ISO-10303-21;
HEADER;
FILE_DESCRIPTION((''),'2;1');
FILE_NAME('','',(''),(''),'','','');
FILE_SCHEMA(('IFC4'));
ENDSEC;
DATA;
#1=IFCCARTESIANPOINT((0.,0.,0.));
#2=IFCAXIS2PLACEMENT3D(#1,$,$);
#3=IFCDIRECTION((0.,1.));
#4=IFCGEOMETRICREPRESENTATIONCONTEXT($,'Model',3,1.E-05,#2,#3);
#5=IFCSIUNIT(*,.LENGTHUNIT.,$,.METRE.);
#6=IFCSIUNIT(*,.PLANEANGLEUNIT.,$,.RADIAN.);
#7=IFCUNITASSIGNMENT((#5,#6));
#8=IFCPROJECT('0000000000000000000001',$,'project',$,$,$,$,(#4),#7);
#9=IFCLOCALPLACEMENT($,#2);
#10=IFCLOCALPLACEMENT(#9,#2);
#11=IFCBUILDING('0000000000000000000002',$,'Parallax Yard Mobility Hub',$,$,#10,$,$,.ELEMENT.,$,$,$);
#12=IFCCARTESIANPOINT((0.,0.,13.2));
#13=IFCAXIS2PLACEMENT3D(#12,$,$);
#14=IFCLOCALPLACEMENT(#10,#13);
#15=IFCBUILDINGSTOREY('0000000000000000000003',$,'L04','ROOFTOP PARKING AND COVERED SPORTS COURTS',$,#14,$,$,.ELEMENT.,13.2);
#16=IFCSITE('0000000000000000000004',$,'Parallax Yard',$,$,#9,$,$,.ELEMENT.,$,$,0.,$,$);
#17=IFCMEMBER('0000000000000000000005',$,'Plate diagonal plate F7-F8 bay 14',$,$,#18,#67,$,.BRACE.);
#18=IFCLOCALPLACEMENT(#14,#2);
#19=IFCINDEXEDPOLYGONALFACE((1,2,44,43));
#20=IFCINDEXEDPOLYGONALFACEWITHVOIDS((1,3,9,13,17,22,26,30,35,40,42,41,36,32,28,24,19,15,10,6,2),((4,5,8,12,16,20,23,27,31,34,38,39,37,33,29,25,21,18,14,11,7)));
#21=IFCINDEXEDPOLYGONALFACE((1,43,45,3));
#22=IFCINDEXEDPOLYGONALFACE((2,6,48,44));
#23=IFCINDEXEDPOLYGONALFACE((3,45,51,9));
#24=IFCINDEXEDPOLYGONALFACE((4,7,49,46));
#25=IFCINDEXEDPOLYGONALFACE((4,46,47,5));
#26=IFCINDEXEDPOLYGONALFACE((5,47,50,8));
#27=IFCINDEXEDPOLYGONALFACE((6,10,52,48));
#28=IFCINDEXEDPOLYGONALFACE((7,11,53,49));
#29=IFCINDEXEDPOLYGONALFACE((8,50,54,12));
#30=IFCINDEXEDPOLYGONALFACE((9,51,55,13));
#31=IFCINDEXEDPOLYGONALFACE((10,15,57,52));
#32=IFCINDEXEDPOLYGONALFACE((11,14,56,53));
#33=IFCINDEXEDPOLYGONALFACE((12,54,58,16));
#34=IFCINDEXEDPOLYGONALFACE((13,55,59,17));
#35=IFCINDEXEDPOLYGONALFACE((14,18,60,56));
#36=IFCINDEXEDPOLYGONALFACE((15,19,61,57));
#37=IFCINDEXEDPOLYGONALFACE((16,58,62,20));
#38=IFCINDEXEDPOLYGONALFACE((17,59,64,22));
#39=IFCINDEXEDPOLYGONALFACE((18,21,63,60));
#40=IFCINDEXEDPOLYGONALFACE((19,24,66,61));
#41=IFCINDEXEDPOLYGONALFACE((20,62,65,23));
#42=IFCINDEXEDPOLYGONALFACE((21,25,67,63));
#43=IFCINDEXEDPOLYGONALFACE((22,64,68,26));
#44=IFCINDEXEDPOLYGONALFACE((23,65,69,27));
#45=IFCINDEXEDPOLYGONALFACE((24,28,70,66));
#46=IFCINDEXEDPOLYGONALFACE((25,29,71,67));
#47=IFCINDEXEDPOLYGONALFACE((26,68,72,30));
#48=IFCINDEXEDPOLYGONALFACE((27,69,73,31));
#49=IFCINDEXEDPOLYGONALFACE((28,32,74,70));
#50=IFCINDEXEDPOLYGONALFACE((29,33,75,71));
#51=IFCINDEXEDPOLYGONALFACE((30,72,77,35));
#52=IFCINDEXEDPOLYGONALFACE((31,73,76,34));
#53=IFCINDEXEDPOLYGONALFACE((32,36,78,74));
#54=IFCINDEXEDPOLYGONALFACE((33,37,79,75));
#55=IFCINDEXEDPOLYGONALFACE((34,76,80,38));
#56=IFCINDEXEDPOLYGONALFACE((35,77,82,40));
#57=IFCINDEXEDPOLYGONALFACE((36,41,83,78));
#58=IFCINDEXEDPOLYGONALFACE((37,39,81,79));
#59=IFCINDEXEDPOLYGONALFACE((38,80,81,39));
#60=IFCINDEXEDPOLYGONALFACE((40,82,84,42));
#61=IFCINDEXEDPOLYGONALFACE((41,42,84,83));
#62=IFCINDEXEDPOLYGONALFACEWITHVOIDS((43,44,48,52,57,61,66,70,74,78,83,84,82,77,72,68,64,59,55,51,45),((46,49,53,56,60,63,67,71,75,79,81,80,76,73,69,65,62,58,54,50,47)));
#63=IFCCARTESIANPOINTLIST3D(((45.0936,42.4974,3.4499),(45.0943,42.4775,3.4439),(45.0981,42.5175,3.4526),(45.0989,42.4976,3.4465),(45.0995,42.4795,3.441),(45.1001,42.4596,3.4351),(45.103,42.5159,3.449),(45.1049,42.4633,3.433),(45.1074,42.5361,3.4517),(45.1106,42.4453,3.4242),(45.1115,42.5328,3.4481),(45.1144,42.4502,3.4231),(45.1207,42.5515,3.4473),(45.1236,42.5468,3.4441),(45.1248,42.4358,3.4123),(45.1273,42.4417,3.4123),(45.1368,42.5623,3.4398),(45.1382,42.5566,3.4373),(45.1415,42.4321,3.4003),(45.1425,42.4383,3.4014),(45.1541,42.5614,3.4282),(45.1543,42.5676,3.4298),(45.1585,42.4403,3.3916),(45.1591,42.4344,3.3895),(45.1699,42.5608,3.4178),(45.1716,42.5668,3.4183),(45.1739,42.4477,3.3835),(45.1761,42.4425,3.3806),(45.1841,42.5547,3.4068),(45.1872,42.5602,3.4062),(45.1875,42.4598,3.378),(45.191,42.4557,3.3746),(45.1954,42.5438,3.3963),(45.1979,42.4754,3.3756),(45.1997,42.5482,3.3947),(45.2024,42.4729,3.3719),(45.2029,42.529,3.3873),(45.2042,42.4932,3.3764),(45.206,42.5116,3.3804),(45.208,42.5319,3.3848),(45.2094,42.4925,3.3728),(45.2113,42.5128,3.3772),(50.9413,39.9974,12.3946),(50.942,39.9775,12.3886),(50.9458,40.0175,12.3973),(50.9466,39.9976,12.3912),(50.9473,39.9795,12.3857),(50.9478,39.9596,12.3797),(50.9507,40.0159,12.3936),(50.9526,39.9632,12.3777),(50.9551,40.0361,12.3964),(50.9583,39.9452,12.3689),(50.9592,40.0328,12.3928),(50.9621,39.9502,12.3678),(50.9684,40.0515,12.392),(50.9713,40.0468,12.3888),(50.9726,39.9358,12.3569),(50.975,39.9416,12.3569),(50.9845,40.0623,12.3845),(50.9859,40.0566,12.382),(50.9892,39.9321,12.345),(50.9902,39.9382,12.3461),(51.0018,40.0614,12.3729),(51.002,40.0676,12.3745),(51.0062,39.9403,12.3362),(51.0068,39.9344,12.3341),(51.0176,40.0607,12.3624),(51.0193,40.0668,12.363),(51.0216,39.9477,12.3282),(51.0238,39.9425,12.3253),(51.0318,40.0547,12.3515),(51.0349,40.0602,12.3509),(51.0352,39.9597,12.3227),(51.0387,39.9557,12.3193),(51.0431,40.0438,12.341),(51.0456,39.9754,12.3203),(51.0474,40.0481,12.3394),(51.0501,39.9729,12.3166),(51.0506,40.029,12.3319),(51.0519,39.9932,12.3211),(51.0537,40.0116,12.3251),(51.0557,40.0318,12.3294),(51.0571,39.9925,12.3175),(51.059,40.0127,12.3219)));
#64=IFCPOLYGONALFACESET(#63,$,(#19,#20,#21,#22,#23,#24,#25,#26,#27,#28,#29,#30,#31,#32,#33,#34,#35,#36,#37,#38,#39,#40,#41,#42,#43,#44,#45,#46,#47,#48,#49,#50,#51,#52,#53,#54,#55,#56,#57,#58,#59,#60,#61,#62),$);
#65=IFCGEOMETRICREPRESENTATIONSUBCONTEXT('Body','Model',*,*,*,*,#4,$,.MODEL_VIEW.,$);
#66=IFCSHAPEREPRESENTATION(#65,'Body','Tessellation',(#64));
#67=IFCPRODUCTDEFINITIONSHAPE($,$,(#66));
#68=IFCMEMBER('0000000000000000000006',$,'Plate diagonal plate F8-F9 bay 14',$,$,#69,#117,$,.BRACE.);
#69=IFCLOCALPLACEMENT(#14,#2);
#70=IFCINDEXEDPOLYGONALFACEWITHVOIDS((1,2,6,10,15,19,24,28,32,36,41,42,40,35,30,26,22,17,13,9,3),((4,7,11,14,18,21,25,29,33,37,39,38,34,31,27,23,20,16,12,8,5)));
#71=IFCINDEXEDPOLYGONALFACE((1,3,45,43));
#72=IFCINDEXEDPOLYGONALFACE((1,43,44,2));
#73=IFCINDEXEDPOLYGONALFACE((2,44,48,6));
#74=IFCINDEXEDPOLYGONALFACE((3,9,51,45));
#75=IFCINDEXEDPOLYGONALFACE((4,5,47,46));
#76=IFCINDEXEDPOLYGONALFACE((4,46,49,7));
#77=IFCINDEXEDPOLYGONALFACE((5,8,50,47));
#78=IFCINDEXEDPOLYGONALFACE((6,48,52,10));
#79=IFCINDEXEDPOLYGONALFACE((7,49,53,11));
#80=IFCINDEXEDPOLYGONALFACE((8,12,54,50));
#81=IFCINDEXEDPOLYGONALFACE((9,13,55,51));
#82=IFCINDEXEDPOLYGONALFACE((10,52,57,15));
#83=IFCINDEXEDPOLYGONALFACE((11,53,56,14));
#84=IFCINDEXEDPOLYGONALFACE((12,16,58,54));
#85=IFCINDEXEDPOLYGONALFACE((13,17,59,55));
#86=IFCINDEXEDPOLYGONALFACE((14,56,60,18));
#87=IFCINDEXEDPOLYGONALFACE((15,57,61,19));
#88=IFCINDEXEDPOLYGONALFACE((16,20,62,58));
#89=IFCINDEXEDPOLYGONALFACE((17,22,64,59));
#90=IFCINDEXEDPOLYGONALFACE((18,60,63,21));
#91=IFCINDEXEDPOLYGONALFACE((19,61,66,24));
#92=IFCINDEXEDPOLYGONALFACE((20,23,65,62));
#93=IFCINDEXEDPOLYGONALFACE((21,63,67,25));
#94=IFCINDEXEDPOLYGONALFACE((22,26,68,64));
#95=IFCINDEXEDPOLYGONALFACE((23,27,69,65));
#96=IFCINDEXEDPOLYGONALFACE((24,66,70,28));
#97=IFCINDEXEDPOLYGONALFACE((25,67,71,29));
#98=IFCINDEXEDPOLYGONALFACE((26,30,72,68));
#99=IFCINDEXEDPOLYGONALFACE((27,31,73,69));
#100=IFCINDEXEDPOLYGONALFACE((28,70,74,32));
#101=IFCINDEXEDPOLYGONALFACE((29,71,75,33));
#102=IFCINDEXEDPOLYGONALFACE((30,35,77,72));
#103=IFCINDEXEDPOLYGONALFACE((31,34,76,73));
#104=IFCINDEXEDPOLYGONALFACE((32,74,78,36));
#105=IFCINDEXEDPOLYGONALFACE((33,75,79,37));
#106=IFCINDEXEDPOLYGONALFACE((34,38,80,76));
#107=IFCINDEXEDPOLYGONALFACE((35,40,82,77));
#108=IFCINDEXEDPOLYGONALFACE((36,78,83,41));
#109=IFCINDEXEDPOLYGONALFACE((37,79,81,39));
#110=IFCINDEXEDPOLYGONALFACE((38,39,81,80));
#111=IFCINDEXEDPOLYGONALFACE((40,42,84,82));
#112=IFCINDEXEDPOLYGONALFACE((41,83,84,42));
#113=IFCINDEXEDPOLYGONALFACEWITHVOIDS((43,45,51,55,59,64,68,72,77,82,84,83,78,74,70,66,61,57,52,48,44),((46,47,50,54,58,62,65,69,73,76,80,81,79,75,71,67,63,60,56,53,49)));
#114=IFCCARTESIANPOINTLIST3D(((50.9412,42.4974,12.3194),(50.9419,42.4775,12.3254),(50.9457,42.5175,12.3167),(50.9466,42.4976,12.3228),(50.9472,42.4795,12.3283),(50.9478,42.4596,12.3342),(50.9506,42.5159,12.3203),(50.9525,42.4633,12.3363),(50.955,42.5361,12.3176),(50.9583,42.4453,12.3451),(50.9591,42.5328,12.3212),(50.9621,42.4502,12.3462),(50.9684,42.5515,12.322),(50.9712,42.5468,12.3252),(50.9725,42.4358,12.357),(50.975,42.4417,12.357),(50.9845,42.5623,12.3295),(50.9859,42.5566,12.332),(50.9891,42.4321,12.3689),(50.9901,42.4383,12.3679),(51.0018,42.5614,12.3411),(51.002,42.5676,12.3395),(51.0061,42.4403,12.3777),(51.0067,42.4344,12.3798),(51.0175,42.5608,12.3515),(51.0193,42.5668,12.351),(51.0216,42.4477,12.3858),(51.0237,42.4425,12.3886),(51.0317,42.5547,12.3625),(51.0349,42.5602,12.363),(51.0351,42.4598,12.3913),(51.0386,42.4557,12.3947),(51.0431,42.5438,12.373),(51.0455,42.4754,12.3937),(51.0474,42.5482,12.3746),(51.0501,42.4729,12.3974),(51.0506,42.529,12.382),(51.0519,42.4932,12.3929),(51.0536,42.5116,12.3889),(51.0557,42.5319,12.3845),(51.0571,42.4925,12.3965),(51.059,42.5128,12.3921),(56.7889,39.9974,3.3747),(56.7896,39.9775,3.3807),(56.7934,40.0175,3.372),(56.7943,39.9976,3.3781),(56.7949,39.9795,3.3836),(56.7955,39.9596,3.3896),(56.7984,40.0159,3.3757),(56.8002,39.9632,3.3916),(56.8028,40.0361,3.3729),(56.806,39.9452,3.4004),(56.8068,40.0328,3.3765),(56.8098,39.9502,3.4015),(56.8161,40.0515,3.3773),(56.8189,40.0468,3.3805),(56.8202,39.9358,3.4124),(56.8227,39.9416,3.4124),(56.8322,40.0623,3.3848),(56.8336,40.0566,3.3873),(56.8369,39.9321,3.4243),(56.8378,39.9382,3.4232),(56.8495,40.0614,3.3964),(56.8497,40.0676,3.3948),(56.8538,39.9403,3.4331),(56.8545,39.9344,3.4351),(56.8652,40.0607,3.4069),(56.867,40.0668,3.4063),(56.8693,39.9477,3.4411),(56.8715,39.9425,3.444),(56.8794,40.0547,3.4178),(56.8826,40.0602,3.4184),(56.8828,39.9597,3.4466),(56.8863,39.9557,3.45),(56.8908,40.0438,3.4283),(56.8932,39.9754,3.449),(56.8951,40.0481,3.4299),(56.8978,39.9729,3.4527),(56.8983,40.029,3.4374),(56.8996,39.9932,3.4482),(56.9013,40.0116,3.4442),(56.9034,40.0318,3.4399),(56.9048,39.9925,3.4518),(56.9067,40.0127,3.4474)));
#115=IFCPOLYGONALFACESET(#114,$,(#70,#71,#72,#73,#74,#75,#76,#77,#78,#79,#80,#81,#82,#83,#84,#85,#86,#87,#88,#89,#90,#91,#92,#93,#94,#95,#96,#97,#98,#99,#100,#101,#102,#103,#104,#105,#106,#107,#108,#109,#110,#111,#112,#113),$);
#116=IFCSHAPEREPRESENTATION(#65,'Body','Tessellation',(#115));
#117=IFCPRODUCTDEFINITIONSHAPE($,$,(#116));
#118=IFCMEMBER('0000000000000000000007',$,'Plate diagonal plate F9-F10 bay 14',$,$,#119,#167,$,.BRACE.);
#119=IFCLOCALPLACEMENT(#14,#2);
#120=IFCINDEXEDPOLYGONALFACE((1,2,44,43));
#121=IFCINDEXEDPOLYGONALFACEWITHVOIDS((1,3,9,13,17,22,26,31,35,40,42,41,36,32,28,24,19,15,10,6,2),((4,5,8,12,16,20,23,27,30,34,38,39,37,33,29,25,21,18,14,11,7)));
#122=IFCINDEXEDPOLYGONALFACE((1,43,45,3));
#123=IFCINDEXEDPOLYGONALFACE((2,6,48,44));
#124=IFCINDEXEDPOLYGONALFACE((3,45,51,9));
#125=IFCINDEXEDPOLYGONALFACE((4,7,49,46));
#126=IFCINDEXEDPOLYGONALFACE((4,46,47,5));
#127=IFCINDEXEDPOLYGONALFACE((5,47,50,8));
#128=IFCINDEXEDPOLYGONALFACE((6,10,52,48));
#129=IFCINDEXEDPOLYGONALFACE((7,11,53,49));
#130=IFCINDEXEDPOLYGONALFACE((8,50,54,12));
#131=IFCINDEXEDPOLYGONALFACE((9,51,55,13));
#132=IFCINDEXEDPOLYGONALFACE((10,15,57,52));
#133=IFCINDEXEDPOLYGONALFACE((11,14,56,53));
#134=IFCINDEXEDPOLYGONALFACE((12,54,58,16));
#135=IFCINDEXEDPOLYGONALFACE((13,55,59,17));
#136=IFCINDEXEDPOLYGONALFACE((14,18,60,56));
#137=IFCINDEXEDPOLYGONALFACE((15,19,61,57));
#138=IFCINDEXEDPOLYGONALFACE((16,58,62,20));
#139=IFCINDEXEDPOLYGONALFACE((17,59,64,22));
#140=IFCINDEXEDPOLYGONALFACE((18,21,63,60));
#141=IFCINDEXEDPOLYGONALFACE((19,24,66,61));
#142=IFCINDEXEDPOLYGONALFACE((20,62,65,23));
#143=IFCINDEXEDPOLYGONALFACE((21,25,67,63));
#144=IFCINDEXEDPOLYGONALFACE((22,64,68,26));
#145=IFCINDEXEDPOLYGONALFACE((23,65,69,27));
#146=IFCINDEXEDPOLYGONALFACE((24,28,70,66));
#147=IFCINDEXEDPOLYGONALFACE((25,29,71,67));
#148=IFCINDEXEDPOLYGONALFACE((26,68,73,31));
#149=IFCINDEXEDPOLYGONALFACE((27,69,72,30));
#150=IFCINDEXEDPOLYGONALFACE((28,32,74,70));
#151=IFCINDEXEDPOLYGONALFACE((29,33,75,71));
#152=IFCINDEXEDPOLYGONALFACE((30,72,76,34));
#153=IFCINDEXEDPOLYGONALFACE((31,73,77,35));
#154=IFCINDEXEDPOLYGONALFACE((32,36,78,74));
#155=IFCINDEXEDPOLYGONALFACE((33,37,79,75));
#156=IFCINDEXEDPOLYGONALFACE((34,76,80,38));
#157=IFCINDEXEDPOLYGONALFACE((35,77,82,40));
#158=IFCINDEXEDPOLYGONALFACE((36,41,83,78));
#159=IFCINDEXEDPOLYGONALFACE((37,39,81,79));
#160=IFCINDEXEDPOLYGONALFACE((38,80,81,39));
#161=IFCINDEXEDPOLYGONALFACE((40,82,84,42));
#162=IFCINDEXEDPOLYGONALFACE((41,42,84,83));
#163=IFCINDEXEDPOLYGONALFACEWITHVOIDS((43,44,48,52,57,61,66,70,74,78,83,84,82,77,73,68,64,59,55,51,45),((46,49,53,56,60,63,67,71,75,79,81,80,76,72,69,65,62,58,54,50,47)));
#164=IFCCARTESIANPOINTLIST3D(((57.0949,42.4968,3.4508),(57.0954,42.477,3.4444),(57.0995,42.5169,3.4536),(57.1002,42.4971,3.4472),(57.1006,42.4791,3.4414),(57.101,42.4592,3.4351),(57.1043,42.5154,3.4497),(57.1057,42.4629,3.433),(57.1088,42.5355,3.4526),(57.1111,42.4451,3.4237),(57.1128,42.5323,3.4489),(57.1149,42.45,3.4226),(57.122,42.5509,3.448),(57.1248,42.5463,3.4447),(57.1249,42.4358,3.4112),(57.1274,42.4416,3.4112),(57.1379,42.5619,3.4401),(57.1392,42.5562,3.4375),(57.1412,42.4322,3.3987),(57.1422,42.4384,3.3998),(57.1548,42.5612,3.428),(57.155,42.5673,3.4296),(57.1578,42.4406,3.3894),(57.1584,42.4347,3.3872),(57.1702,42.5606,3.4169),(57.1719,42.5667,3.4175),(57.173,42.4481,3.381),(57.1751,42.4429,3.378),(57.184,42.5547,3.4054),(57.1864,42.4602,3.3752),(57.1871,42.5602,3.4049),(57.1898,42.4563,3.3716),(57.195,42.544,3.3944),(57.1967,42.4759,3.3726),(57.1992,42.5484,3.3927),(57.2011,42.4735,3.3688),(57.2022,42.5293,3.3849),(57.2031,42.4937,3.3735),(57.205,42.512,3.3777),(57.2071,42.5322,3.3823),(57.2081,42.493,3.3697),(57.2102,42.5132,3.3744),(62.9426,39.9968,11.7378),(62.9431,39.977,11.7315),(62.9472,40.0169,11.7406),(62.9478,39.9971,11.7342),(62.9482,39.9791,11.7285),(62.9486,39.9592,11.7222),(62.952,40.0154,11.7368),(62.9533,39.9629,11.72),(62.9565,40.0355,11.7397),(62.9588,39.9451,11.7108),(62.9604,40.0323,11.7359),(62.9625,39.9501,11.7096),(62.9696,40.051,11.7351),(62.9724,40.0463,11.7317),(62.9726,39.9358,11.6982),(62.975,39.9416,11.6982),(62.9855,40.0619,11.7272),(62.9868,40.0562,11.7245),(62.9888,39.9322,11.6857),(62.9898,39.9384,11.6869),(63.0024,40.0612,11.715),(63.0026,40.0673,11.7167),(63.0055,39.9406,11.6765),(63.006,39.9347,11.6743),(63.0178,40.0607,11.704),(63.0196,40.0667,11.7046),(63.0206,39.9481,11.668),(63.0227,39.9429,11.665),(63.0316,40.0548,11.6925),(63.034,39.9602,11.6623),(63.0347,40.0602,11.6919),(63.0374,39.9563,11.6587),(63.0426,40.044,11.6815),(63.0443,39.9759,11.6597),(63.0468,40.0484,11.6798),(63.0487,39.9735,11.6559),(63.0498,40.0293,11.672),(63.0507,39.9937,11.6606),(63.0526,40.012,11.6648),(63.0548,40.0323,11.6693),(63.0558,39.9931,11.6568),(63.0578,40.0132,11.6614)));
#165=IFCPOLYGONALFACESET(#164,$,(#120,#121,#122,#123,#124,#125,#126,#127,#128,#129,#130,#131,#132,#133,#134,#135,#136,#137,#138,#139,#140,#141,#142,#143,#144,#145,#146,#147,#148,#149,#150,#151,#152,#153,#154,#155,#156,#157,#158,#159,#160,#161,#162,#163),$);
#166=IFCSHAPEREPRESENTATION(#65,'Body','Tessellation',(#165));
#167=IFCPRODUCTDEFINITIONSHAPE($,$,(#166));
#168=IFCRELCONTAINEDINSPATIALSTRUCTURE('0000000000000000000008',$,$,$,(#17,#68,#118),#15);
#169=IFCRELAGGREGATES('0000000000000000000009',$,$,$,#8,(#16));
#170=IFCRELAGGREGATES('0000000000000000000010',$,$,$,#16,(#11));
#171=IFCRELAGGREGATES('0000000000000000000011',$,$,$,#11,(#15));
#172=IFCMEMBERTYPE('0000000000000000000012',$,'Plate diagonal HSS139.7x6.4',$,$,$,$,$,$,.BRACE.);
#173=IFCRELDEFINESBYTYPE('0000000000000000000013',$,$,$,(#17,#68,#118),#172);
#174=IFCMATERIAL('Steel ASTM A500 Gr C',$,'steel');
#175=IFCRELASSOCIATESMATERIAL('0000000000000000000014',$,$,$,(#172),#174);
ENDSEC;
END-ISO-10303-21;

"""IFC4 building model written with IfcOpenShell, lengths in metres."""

from ifc_helpers import new_model, si_unit, direction, frame, origin, origin_2d, place, context, subcontext, project, spatial, hollow_circle, extrude, material, material_profile, profile_set, type_object, element, save


model = new_model("IFC4")

# Units and contexts
model_context = context("Model", 3, precision=1e-05, world=origin(), true_north=direction((0.0, 1.0)))
body_context = subcontext(model_context, "Body", "Model", "MODEL_VIEW")
ifc_project = project(units=[si_unit("LENGTHUNIT", "METRE"), si_unit("PLANEANGLEUNIT", "RADIAN")], contexts=[model_context])

# Site, building, storey
site_placement = place(None, origin())
site = spatial("IfcSite", under=ifc_project, at=site_placement, Name="Parallax Yard", CompositionType="ELEMENT", RefElevation=0.0)
building_placement = place(site_placement, origin())
building = spatial("IfcBuilding", under=site, at=building_placement, Name="Parallax Yard Mobility Hub", CompositionType="ELEMENT")
storey_placement = place(building_placement, frame((0.0, 0.0, 13.2)))
storey = spatial("IfcBuildingStorey", under=building, at=storey_placement, Name="L04", Description="ROOFTOP PARKING AND COVERED SPORTS COURTS", CompositionType="ELEMENT", Elevation=13.2)

# Members
ifc_material_1 = material(Name="Steel ASTM A500 Gr C", Category="steel")
ifc_material_profile_1 = material_profile(ifc_material_1, hollow_circle(Radius=0.0698, WallThickness=0.0063, at=origin_2d()), Name="HSS139.7x6.4")
ifc_profile_set_1 = profile_set([ifc_material_profile_1], Name="Steel ASTM A500 Gr C")
member_type_1 = type_object("IfcMemberType", Name="Plate diagonal HSS139.7x6.4", PredefinedType="BRACE", material=ifc_profile_set_1)
for number, where, z_axis, x_axis, name in (
    (1, (51.0, 40.0, 12.3569), (-0.532816, 0.22779, -0.814996), (-0.393104, -0.919494, 0.0), "Plate diagonal plate F7-F8 bay 14"),
    (2, (56.8477, 40.0, 3.4124), (-0.532816, 0.22779, 0.814996), (-0.393104, -0.919494, 0.0), "Plate diagonal plate F8-F9 bay 14"),
):
    element("IfcMember", number, at=place(storey_placement, frame(where, z_axis=z_axis, x_axis=x_axis)), inside=storey, type_object=member_type_1, Name=name, PredefinedType="BRACE", context=body_context, shape_type="SweptSolid", body=[
        extrude(hollow_circle(Radius=0.0698, WallThickness=0.0063, at=origin_2d()), origin(), (0.0, 0.0, 1.0), 10.9751),
    ])
for number, where, z_axis, x_axis, name in (
    (3, (63.0, 40.0, 11.6982), (-0.559793, 0.239323, -0.79332), (-0.393104, -0.919494, 0.0), "Plate diagonal plate F9-F10 bay 14"),
):
    element("IfcMember", number, at=place(storey_placement, frame(where, z_axis=z_axis, x_axis=x_axis)), inside=storey, type_object=member_type_1, Name=name, PredefinedType="BRACE", context=body_context, shape_type="SweptSolid", body=[
        extrude(hollow_circle(Radius=0.0698, WallThickness=0.0063, at=origin_2d()), origin(), (0.0, 0.0, 1.0), 10.446),
    ])

save(model, "model.ifc")
